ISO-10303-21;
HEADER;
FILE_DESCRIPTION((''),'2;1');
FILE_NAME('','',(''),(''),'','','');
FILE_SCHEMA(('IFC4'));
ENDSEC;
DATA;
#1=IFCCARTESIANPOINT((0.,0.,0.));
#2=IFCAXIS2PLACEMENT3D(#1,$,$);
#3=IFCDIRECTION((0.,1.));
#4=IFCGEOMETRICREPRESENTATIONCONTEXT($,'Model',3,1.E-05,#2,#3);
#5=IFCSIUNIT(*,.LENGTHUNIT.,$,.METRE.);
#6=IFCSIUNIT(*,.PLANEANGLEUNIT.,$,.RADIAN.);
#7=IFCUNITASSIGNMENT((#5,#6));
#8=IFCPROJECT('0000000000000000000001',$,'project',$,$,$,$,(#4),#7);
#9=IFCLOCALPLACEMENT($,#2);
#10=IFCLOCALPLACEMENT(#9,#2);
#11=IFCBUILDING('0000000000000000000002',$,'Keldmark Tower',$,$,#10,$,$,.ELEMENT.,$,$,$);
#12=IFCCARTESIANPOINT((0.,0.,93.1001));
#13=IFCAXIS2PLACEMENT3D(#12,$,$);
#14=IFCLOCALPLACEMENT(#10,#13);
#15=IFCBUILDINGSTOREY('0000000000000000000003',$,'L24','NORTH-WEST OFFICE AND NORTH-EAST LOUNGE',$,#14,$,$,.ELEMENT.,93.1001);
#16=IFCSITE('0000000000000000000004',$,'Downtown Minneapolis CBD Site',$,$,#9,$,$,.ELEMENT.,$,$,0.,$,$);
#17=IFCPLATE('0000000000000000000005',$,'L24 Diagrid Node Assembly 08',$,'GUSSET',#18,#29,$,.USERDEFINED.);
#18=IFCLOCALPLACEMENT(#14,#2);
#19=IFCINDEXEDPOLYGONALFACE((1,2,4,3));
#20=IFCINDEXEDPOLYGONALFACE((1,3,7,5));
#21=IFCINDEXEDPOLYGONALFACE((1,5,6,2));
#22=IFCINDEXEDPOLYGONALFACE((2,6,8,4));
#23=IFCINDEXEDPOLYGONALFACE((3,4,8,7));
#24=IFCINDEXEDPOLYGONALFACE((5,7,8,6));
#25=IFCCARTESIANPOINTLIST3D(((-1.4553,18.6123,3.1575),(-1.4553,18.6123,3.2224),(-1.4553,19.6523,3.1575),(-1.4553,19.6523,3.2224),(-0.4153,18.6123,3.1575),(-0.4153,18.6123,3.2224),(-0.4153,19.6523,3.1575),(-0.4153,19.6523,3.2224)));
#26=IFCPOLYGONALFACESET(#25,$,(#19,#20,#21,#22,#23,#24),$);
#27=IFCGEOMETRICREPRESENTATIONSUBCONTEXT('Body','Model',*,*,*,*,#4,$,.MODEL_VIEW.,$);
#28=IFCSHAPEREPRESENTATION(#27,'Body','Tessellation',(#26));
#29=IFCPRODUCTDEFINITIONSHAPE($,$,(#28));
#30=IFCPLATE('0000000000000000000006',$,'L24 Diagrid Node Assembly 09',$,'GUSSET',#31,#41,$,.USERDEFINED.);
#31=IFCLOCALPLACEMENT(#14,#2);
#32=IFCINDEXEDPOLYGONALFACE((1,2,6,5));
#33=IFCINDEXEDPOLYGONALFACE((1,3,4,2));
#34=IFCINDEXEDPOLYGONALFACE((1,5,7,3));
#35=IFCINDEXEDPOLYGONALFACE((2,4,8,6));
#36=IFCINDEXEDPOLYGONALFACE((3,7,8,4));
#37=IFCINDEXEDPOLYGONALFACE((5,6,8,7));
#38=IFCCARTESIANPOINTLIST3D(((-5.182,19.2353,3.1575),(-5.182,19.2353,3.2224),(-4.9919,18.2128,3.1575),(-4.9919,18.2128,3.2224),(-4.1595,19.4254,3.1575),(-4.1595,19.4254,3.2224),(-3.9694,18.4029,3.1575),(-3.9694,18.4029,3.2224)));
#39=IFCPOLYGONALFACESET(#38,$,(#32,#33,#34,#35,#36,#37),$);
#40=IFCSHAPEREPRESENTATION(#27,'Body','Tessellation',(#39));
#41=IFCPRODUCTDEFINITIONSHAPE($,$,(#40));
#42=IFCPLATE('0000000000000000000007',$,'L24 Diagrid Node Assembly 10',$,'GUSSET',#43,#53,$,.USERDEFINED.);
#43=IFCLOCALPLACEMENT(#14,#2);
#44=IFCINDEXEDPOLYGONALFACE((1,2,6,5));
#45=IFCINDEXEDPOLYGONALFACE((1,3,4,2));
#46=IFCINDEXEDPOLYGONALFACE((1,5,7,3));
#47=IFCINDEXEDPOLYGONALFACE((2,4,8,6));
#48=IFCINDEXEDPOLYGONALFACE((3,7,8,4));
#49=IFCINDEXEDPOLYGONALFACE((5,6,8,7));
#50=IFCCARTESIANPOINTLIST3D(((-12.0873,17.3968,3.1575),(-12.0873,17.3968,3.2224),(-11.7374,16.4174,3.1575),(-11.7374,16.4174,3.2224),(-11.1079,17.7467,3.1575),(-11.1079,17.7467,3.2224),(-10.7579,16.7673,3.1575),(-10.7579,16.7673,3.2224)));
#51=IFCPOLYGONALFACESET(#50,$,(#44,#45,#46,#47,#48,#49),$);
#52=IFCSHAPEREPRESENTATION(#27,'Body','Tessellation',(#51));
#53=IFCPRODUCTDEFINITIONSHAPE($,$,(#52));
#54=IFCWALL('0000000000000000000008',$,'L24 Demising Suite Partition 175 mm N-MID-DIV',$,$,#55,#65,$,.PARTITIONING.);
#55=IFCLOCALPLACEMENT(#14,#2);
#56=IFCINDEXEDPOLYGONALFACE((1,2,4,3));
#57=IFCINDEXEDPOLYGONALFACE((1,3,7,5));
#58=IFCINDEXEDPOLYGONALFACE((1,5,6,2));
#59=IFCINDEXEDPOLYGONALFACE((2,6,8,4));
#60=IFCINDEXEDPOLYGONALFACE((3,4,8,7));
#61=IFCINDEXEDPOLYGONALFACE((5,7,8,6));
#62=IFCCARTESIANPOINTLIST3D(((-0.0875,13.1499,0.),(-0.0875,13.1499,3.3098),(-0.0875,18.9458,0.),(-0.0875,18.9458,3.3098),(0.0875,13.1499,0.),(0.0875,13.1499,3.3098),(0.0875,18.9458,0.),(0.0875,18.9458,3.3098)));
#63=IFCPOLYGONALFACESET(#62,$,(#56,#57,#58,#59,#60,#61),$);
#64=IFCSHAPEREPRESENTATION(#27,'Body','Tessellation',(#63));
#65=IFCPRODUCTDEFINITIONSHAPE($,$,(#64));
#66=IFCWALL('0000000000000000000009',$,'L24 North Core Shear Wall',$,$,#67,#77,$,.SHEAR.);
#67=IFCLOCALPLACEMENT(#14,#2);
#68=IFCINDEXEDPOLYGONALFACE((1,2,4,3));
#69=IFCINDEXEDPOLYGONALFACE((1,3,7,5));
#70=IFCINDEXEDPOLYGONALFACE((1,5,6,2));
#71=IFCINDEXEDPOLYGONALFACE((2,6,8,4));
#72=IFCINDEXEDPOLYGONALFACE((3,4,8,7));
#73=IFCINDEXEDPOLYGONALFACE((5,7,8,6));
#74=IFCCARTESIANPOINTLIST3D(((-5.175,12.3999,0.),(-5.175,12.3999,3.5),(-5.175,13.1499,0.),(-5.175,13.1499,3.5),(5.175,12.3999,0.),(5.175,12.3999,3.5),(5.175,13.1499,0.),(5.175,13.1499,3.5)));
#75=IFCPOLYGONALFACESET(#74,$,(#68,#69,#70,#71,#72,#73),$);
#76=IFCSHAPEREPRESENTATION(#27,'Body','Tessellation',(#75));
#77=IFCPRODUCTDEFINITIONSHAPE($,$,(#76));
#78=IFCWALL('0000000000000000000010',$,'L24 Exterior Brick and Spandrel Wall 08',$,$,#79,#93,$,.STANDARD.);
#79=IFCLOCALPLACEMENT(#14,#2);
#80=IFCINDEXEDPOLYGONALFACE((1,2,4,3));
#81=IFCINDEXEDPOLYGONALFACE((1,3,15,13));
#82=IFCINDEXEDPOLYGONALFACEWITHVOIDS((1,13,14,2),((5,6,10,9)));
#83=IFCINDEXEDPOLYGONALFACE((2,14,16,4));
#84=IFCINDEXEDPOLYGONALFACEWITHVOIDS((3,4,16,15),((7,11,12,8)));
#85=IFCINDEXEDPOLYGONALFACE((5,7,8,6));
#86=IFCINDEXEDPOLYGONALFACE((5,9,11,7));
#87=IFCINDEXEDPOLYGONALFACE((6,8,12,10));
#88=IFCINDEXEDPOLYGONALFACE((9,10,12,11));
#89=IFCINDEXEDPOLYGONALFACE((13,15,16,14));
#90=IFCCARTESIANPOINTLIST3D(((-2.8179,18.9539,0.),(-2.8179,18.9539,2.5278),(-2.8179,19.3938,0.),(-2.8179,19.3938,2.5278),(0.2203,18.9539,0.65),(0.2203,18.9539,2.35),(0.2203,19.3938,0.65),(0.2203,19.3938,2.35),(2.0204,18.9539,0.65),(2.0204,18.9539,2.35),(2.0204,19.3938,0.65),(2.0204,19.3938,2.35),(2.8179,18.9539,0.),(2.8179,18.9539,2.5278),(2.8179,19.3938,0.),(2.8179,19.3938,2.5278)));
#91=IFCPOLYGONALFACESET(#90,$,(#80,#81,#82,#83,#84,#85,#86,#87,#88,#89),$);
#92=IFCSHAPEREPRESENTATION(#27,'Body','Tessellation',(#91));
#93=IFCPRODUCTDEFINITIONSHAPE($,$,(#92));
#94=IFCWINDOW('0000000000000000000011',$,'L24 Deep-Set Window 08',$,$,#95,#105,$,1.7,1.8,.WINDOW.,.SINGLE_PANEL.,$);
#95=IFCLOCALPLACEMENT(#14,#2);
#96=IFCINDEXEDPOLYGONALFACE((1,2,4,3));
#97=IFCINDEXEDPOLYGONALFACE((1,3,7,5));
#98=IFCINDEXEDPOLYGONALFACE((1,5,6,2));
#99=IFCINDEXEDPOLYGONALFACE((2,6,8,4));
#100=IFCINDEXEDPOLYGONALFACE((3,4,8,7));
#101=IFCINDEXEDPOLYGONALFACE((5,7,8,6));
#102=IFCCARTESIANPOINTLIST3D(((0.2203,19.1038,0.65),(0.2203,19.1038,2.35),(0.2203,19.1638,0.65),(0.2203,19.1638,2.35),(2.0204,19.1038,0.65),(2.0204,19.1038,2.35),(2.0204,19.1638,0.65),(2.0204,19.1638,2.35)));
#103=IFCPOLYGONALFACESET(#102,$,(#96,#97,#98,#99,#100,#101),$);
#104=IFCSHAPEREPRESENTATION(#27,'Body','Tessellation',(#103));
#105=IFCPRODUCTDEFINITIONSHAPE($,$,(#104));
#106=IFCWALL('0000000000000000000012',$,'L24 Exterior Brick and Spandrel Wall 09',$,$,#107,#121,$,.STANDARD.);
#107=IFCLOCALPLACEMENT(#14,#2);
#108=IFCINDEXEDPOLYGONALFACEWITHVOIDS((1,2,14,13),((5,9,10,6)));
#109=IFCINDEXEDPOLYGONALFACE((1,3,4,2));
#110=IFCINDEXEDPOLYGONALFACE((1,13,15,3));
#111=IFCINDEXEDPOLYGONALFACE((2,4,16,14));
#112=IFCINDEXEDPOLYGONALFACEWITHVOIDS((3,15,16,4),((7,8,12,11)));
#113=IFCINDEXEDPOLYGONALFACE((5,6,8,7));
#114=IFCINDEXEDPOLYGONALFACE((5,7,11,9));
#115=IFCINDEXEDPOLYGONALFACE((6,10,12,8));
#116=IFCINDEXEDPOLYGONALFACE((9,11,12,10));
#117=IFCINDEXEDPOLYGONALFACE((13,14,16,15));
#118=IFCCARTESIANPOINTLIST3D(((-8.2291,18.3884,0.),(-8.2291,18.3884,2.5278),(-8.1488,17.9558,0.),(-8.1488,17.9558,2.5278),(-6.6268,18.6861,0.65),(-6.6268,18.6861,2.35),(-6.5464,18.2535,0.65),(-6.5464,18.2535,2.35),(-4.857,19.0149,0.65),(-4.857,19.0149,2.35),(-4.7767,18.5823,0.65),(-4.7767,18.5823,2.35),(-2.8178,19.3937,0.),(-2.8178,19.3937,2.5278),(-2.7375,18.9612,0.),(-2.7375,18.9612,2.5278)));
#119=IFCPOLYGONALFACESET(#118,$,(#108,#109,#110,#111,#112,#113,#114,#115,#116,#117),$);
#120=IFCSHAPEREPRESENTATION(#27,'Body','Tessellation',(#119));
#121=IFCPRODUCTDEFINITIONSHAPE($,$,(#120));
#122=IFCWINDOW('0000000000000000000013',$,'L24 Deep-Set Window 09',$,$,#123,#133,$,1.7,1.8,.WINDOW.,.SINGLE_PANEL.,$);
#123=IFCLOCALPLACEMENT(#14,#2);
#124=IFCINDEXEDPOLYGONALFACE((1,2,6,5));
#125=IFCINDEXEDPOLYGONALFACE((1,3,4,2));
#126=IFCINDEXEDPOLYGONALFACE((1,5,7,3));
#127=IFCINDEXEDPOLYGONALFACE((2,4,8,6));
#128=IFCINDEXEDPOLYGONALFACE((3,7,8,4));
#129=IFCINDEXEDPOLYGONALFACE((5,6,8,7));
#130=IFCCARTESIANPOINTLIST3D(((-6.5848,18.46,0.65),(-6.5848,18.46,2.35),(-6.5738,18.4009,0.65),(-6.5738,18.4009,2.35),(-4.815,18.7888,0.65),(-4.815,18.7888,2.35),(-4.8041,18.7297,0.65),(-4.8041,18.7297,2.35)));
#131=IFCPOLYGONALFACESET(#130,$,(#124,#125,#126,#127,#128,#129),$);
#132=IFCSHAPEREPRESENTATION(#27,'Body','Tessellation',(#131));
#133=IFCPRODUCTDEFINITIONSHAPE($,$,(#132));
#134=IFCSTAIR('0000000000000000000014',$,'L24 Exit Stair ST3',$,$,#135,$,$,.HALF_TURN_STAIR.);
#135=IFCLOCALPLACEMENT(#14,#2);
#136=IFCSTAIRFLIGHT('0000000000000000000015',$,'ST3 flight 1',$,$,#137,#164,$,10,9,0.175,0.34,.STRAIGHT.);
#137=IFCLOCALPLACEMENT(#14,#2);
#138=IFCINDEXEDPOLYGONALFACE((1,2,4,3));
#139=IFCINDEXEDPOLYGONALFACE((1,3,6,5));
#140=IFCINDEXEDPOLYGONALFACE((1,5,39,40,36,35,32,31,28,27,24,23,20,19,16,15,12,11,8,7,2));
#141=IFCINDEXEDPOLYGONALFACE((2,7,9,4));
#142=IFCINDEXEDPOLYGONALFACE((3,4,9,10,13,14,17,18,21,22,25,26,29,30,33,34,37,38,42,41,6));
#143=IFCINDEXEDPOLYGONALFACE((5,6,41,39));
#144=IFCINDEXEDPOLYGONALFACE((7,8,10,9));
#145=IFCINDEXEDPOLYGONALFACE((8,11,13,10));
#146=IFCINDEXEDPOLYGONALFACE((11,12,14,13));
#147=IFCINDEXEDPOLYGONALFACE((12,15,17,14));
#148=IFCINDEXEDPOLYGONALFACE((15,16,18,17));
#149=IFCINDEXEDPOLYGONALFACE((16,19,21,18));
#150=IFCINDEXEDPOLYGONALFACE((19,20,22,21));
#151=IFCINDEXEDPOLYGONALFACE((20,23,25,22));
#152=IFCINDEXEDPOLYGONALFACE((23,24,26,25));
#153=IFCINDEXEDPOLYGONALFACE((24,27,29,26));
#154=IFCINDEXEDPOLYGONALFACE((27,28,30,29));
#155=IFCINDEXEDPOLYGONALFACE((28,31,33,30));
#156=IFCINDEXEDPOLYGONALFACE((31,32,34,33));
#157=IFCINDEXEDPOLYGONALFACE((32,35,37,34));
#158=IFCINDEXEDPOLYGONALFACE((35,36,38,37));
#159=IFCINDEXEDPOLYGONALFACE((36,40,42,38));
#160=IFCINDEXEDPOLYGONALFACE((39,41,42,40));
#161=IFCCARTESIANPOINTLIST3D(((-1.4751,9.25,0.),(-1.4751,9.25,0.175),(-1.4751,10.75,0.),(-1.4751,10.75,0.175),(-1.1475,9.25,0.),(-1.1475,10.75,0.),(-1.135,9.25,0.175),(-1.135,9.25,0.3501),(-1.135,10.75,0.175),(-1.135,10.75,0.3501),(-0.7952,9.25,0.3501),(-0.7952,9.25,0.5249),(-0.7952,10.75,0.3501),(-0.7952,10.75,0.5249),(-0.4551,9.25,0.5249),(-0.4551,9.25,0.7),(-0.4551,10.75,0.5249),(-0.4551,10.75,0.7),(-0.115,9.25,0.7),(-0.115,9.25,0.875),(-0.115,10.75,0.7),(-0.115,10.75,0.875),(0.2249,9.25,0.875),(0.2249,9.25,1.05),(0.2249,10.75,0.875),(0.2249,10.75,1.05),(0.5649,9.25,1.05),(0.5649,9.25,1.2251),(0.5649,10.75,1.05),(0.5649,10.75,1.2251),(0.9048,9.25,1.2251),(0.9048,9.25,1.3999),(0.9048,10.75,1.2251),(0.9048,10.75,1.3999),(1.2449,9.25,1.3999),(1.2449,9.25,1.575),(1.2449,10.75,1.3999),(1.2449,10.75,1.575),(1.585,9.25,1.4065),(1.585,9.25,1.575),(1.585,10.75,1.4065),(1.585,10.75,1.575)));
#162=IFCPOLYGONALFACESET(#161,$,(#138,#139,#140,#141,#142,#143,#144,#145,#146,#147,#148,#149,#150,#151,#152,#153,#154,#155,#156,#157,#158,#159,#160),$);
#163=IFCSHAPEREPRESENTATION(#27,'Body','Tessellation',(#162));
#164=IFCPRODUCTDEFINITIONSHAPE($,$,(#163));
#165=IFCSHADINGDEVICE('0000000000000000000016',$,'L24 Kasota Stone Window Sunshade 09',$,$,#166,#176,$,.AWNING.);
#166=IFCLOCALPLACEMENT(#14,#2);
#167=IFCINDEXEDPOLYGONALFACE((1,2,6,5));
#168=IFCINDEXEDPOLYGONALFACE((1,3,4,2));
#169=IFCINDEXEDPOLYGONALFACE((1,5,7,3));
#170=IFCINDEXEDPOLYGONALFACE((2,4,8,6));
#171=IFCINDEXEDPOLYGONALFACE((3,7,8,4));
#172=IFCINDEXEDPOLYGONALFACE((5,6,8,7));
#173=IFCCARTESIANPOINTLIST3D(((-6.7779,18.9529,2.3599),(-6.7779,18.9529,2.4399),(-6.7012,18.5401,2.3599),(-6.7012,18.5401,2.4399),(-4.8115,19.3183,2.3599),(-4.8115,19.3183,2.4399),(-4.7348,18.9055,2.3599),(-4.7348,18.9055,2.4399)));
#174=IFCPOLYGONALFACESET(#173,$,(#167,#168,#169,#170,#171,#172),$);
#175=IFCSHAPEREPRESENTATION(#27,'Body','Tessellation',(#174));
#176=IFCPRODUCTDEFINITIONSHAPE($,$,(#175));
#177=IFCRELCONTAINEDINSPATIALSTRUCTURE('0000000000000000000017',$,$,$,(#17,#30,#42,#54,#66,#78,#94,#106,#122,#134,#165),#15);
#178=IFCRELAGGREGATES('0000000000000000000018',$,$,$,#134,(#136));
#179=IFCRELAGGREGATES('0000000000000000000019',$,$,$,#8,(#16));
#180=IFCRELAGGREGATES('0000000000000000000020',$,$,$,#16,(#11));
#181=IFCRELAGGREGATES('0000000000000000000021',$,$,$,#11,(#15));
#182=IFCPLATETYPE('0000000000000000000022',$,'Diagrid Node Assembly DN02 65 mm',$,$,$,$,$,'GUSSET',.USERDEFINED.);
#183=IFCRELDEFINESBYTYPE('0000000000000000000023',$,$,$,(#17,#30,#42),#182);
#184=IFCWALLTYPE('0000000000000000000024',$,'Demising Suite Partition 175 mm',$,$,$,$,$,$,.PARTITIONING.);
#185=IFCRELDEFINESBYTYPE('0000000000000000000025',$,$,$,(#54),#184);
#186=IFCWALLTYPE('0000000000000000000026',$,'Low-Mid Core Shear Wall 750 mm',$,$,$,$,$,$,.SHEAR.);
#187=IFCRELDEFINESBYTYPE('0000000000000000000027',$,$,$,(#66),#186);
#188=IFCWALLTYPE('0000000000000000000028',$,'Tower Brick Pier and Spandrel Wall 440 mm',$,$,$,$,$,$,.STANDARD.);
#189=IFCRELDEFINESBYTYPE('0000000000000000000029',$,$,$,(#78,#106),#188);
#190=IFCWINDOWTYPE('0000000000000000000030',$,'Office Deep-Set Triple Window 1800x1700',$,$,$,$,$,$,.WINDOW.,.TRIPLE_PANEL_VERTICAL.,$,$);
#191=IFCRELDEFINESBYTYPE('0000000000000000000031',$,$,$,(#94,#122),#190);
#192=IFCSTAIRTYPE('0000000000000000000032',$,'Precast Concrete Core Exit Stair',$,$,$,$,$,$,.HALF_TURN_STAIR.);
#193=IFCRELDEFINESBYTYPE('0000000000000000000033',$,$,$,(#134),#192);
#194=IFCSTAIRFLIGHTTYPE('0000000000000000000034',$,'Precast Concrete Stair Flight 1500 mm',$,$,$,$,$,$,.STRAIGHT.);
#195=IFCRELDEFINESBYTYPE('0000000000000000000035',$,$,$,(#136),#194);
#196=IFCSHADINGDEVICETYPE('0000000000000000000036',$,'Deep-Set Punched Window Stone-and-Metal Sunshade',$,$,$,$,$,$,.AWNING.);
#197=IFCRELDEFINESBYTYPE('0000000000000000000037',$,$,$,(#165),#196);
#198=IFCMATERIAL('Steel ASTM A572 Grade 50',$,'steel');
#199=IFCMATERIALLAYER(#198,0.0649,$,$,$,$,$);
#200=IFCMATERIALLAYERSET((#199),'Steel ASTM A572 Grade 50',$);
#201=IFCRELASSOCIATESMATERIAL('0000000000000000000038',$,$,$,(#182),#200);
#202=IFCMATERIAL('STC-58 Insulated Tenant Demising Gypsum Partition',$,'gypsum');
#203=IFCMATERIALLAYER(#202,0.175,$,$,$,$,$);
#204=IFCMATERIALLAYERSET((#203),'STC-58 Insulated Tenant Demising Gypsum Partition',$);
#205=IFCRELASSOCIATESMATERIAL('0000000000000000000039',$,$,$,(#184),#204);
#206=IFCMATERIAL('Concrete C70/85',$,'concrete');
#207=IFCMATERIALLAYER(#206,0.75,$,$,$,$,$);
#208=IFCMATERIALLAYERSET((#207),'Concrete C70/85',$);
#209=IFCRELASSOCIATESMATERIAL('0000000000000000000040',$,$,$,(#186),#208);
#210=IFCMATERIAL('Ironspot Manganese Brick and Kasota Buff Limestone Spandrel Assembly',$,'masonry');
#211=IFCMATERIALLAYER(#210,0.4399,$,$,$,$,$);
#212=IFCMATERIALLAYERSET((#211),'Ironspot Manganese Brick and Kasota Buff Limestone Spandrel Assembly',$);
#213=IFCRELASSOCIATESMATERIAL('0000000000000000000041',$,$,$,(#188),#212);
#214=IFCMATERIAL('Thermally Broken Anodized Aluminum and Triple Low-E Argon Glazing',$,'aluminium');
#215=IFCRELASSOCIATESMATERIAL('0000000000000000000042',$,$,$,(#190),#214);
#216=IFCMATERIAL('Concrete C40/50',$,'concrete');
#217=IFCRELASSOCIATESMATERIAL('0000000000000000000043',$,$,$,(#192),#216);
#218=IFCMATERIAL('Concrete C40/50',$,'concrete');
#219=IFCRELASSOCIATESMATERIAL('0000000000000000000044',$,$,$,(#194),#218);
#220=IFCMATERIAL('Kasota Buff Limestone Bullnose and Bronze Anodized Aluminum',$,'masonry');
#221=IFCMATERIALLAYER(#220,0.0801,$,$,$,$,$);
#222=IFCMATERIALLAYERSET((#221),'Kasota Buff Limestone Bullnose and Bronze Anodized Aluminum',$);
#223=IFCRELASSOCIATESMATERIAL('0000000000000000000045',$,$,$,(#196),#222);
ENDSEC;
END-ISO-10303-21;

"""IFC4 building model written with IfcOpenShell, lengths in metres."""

from ifc_helpers import new_model, si_unit, direction, frame, frame_2d, origin, origin_2d, place, context, subcontext, project, spatial, polyline, rectangle, outline, extrude, material, layer, layer_set, type_object, element, fill, aggregate, save


model = new_model("IFC4")

# Units and contexts
model_context = context("Model", 3, precision=1e-05, world=origin(), true_north=direction((0.0, 1.0)))
body_context = subcontext(model_context, "Body", "Model", "MODEL_VIEW")
ifc_project = project(units=[si_unit("LENGTHUNIT", "METRE"), si_unit("PLANEANGLEUNIT", "RADIAN")], contexts=[model_context])

# Site, building, storey
site_placement = place(None, origin())
site = spatial("IfcSite", under=ifc_project, at=site_placement, Name="Downtown Minneapolis CBD Site", CompositionType="ELEMENT", RefElevation=0.0)
building_placement = place(site_placement, origin())
building = spatial("IfcBuilding", under=site, at=building_placement, Name="Keldmark Tower", CompositionType="ELEMENT")
storey_placement = place(building_placement, frame((0.0, 0.0, 93.1001)))
storey = spatial("IfcBuildingStorey", under=building, at=storey_placement, Name="L24", Description="NORTH-WEST OFFICE AND NORTH-EAST LOUNGE", CompositionType="ELEMENT", Elevation=93.1001)

# Plates
ifc_material_1 = material(Name="Steel ASTM A572 Grade 50", Category="steel")
ifc_layer_1 = layer(ifc_material_1, 0.0649)
ifc_layer_set_1 = layer_set([ifc_layer_1], Name="Steel ASTM A572 Grade 50")
plate_type_1 = type_object("IfcPlateType", Name="Diagrid Node Assembly DN02 65 mm", ElementType="GUSSET", PredefinedType="USERDEFINED", material=ifc_layer_set_1)
for number, where, z_axis, x_axis, name in (
    (1, (-0.9353, 19.1323, 3.1575), (0.0, 0.0, 1.0), (-1.0, 0.0, 0.0), "L24 Diagrid Node Assembly 08"),
    (2, (-4.5757, 18.8191, 3.1575), (0.0, 0.0, 1.0), (-0.983159, -0.18275, 0.0), "L24 Diagrid Node Assembly 09"),
    (3, (-11.4226, 17.082, 3.1575), (0.0, 0.0, 1.0), (-0.941706, -0.336438, 0.0), "L24 Diagrid Node Assembly 10"),
):
    element("IfcPlate", number, at=place(storey_placement, frame(where, z_axis=z_axis, x_axis=x_axis)), inside=storey, type_object=plate_type_1, Name=name, ObjectType="GUSSET", PredefinedType="USERDEFINED", context=body_context, shape_type="SweptSolid", body=[
        extrude(rectangle(XDim=1.04, YDim=1.04, at=origin_2d()), origin(), (0.0, 0.0, 1.0), 0.0649),
    ])

# Walls
ifc_material_2 = material(Name="STC-58 Insulated Tenant Demising Gypsum Partition", Category="gypsum")
ifc_layer_2 = layer(ifc_material_2, 0.175)
ifc_layer_set_2 = layer_set([ifc_layer_2], Name="STC-58 Insulated Tenant Demising Gypsum Partition")
wall_type_1 = type_object("IfcWallType", Name="Demising Suite Partition 175 mm", PredefinedType="PARTITIONING", material=ifc_layer_set_2)
wall_1_placement = place(storey_placement, frame((0.0, 13.1499, 0.0), z_axis=(0.0, 0.0, 1.0), x_axis=(0.0, 1.0, 0.0)))
element("IfcWall", 4, at=wall_1_placement, inside=storey, type_object=wall_type_1, Name="L24 Demising Suite Partition 175 mm N-MID-DIV", PredefinedType="PARTITIONING", context=body_context, shape_type="SweptSolid", body=[
    extrude(rectangle(XDim=5.7959, YDim=0.175, at=frame_2d((2.8979, 0.0))), origin(), (0.0, 0.0, 1.0), 3.3098),
])
ifc_material_3 = material(Name="Concrete C70/85", Category="concrete")
ifc_layer_3 = layer(ifc_material_3, 0.75)
ifc_layer_set_3 = layer_set([ifc_layer_3], Name="Concrete C70/85")
wall_type_2 = type_object("IfcWallType", Name="Low-Mid Core Shear Wall 750 mm", PredefinedType="SHEAR", material=ifc_layer_set_3)
wall_2_placement = place(storey_placement, frame((-5.175, 12.7749, 0.0), z_axis=(0.0, 0.0, 1.0), x_axis=(1.0, 0.0, 0.0)))
element("IfcWall", 5, at=wall_2_placement, inside=storey, type_object=wall_type_2, Name="L24 North Core Shear Wall", PredefinedType="SHEAR", context=body_context, shape_type="SweptSolid", body=[
    extrude(rectangle(XDim=10.3501, YDim=0.75, at=frame_2d((5.175, 0.0))), origin(), (0.0, 0.0, 1.0), 3.5),
])

# Walls, openings, windows
ifc_material_4 = material(Name="Ironspot Manganese Brick and Kasota Buff Limestone Spandrel Assembly", Category="masonry")
ifc_layer_4 = layer(ifc_material_4, 0.4399)
ifc_layer_set_4 = layer_set([ifc_layer_4], Name="Ironspot Manganese Brick and Kasota Buff Limestone Spandrel Assembly")
wall_type_3 = type_object("IfcWallType", Name="Tower Brick Pier and Spandrel Wall 440 mm", PredefinedType="STANDARD", material=ifc_layer_set_4)
wall_3_placement = place(storey_placement, frame((-2.8179, 19.1738, 0.0), z_axis=(0.0, 0.0, 1.0), x_axis=(1.0, 0.0, 0.0)))
wall_3 = element("IfcWall", 6, at=wall_3_placement, inside=storey, type_object=wall_type_3, Name="L24 Exterior Brick and Spandrel Wall 08", PredefinedType="STANDARD", context=body_context, shape_type="SweptSolid", body=[
    extrude(rectangle(XDim=5.6357, YDim=0.4399, at=frame_2d((2.8179, 0.0))), origin(), (0.0, 0.0, 1.0), 2.5278),
])
opening_1_placement = place(wall_3_placement, frame((3.0383, 0.0, 0.6499)))
opening_1 = element("IfcOpeningElement", 7, at=opening_1_placement, cuts=wall_3, PredefinedType="OPENING", context=body_context, shape_type="SweptSolid", body=[
    extrude(rectangle(XDim=1.8, YDim=1.7, at=frame_2d((0.8999, 0.8501))), frame((0.0, 0.23, 0.0), z_axis=(0.0, -1.0, 0.0), x_axis=(1.0, 0.0, 0.0)), (0.0, 0.0, 1.0), 0.46),
])
ifc_material_5 = material(Name="Thermally Broken Anodized Aluminum and Triple Low-E Argon Glazing", Category="aluminium")
window_type = type_object("IfcWindowType", Name="Office Deep-Set Triple Window 1800x1700", PartitioningType="TRIPLE_PANEL_VERTICAL", PredefinedType="WINDOW", material=ifc_material_5)
window_1_placement = place(opening_1_placement, origin())
window_1 = element("IfcWindow", 8, at=window_1_placement, inside=storey, type_object=window_type, Name="L24 Deep-Set Window 08", OverallHeight=1.7, OverallWidth=1.8, PartitioningType="SINGLE_PANEL", PredefinedType="WINDOW", context=body_context, shape_type="SweptSolid", body=[
    extrude(rectangle(XDim=1.8, YDim=1.7, at=frame_2d((0.8999, 0.8501))), frame((0.0, -0.01, 0.0), z_axis=(0.0, -1.0, 0.0), x_axis=(1.0, 0.0, 0.0)), (0.0, 0.0, 1.0), 0.0601),
])
fill(opening_1, window_1)
wall_4_placement = place(storey_placement, frame((-8.189, 18.1721, 0.0), z_axis=(0.0, 0.0, 1.0), x_axis=(0.983176, 0.182663, 0.0)))
wall_4 = element("IfcWall", 9, at=wall_4_placement, inside=storey, type_object=wall_type_3, Name="L24 Exterior Brick and Spandrel Wall 09", PredefinedType="STANDARD", context=body_context, shape_type="SweptSolid", body=[
    extrude(rectangle(XDim=5.5039, YDim=0.4399, at=frame_2d((2.752, 0.0))), origin(), (0.0, 0.0, 1.0), 2.5278),
])
opening_2_placement = place(wall_4_placement, frame((1.6299, 0.0, 0.6499)))
opening_2 = element("IfcOpeningElement", 10, at=opening_2_placement, cuts=wall_4, PredefinedType="OPENING", context=body_context, shape_type="SweptSolid", body=[
    extrude(rectangle(XDim=1.8, YDim=1.7, at=frame_2d((0.8999, 0.8501))), frame((0.0, 0.23, 0.0), z_axis=(0.0, -1.0, 0.0), x_axis=(1.0, 0.0, 0.0)), (0.0, 0.0, 1.0), 0.46),
])
window_2_placement = place(opening_2_placement, origin())
window_2 = element("IfcWindow", 11, at=window_2_placement, inside=storey, type_object=window_type, Name="L24 Deep-Set Window 09", OverallHeight=1.7, OverallWidth=1.8, PartitioningType="SINGLE_PANEL", PredefinedType="WINDOW", context=body_context, shape_type="SweptSolid", body=[
    extrude(rectangle(XDim=1.8, YDim=1.7, at=frame_2d((0.8999, 0.8501))), frame((0.0, -0.01, 0.0), z_axis=(0.0, -1.0, 0.0), x_axis=(1.0, 0.0, 0.0)), (0.0, 0.0, 1.0), 0.0601),
])
fill(opening_2, window_2)

# Stair, stair flight
ifc_material_6 = material(Name="Concrete C40/50", Category="concrete")
stair_type = type_object("IfcStairType", Name="Precast Concrete Core Exit Stair", PredefinedType="HALF_TURN_STAIR", material=ifc_material_6)
stair_placement = place(storey_placement, origin())
stair = element("IfcStair", 12, at=stair_placement, inside=storey, type_object=stair_type, Name="L24 Exit Stair ST3", PredefinedType="HALF_TURN_STAIR")
ifc_material_7 = material(Name="Concrete C40/50", Category="concrete")
stair_flight_type = type_object("IfcStairFlightType", Name="Precast Concrete Stair Flight 1500 mm", PredefinedType="STRAIGHT", material=ifc_material_7)
stair_flight_placement = place(storey_placement, frame((-1.4751, 10.0, 0.0), z_axis=(0.0, 0.0, 1.0), x_axis=(1.0, 0.0, 0.0)))
stair_flight = element("IfcStairFlight", 13, at=stair_flight_placement, type_object=stair_flight_type, Name="ST3 flight 1", NumberOfRisers=10, NumberOfTreads=9, PredefinedType="STRAIGHT", RiserHeight=0.175, TreadLength=0.34, context=body_context, shape_type="SweptSolid", body=[
    extrude(outline(polyline([(0.0, 0.0), (0.0, 0.175), (0.3401, 0.175), (0.3401, 0.3501), (0.6799, 0.3501), (0.6799, 0.5249), (1.02, 0.5249), (1.02, 0.7), (1.3601, 0.7), (1.3601, 0.875), (1.7, 0.875), (1.7, 1.05), (2.04, 1.05), (2.04, 1.2251), (2.3799, 1.2251), (2.3799, 1.3999), (2.72, 1.3999), (2.72, 1.575), (3.0601, 1.575), (3.0601, 1.75), (3.0601, 1.4065), (0.3276, 0.0), (0.0, 0.0)])), frame((0.0, 0.75, 0.0), z_axis=(0.0, -1.0, 0.0), x_axis=(1.0, 0.0, 0.0)), (0.0, 0.0, 1.0), 1.5),
])
aggregate(stair, [stair_flight])

# Shading device
ifc_material_8 = material(Name="Kasota Buff Limestone Bullnose and Bronze Anodized Aluminum", Category="masonry")
ifc_layer_5 = layer(ifc_material_8, 0.0801)
ifc_layer_set_5 = layer_set([ifc_layer_5], Name="Kasota Buff Limestone Bullnose and Bronze Anodized Aluminum")
shading_device_type = type_object("IfcShadingDeviceType", Name="Deep-Set Punched Window Stone-and-Metal Sunshade", PredefinedType="AWNING", material=ifc_layer_set_5)
shading_device_placement = place(storey_placement, frame((-5.7563, 18.9292, 2.3599), z_axis=(0.0, 0.0, 1.0), x_axis=(0.983169, 0.182699, 0.0)))
element("IfcShadingDevice", 14, at=shading_device_placement, inside=storey, type_object=shading_device_type, Name="L24 Kasota Stone Window Sunshade 09", PredefinedType="AWNING", context=body_context, shape_type="SweptSolid", body=[
    extrude(rectangle(XDim=2.0, YDim=0.4199, at=origin_2d()), origin(), (0.0, 0.0, 1.0), 0.0801),
])

save(model, "model.ifc")
